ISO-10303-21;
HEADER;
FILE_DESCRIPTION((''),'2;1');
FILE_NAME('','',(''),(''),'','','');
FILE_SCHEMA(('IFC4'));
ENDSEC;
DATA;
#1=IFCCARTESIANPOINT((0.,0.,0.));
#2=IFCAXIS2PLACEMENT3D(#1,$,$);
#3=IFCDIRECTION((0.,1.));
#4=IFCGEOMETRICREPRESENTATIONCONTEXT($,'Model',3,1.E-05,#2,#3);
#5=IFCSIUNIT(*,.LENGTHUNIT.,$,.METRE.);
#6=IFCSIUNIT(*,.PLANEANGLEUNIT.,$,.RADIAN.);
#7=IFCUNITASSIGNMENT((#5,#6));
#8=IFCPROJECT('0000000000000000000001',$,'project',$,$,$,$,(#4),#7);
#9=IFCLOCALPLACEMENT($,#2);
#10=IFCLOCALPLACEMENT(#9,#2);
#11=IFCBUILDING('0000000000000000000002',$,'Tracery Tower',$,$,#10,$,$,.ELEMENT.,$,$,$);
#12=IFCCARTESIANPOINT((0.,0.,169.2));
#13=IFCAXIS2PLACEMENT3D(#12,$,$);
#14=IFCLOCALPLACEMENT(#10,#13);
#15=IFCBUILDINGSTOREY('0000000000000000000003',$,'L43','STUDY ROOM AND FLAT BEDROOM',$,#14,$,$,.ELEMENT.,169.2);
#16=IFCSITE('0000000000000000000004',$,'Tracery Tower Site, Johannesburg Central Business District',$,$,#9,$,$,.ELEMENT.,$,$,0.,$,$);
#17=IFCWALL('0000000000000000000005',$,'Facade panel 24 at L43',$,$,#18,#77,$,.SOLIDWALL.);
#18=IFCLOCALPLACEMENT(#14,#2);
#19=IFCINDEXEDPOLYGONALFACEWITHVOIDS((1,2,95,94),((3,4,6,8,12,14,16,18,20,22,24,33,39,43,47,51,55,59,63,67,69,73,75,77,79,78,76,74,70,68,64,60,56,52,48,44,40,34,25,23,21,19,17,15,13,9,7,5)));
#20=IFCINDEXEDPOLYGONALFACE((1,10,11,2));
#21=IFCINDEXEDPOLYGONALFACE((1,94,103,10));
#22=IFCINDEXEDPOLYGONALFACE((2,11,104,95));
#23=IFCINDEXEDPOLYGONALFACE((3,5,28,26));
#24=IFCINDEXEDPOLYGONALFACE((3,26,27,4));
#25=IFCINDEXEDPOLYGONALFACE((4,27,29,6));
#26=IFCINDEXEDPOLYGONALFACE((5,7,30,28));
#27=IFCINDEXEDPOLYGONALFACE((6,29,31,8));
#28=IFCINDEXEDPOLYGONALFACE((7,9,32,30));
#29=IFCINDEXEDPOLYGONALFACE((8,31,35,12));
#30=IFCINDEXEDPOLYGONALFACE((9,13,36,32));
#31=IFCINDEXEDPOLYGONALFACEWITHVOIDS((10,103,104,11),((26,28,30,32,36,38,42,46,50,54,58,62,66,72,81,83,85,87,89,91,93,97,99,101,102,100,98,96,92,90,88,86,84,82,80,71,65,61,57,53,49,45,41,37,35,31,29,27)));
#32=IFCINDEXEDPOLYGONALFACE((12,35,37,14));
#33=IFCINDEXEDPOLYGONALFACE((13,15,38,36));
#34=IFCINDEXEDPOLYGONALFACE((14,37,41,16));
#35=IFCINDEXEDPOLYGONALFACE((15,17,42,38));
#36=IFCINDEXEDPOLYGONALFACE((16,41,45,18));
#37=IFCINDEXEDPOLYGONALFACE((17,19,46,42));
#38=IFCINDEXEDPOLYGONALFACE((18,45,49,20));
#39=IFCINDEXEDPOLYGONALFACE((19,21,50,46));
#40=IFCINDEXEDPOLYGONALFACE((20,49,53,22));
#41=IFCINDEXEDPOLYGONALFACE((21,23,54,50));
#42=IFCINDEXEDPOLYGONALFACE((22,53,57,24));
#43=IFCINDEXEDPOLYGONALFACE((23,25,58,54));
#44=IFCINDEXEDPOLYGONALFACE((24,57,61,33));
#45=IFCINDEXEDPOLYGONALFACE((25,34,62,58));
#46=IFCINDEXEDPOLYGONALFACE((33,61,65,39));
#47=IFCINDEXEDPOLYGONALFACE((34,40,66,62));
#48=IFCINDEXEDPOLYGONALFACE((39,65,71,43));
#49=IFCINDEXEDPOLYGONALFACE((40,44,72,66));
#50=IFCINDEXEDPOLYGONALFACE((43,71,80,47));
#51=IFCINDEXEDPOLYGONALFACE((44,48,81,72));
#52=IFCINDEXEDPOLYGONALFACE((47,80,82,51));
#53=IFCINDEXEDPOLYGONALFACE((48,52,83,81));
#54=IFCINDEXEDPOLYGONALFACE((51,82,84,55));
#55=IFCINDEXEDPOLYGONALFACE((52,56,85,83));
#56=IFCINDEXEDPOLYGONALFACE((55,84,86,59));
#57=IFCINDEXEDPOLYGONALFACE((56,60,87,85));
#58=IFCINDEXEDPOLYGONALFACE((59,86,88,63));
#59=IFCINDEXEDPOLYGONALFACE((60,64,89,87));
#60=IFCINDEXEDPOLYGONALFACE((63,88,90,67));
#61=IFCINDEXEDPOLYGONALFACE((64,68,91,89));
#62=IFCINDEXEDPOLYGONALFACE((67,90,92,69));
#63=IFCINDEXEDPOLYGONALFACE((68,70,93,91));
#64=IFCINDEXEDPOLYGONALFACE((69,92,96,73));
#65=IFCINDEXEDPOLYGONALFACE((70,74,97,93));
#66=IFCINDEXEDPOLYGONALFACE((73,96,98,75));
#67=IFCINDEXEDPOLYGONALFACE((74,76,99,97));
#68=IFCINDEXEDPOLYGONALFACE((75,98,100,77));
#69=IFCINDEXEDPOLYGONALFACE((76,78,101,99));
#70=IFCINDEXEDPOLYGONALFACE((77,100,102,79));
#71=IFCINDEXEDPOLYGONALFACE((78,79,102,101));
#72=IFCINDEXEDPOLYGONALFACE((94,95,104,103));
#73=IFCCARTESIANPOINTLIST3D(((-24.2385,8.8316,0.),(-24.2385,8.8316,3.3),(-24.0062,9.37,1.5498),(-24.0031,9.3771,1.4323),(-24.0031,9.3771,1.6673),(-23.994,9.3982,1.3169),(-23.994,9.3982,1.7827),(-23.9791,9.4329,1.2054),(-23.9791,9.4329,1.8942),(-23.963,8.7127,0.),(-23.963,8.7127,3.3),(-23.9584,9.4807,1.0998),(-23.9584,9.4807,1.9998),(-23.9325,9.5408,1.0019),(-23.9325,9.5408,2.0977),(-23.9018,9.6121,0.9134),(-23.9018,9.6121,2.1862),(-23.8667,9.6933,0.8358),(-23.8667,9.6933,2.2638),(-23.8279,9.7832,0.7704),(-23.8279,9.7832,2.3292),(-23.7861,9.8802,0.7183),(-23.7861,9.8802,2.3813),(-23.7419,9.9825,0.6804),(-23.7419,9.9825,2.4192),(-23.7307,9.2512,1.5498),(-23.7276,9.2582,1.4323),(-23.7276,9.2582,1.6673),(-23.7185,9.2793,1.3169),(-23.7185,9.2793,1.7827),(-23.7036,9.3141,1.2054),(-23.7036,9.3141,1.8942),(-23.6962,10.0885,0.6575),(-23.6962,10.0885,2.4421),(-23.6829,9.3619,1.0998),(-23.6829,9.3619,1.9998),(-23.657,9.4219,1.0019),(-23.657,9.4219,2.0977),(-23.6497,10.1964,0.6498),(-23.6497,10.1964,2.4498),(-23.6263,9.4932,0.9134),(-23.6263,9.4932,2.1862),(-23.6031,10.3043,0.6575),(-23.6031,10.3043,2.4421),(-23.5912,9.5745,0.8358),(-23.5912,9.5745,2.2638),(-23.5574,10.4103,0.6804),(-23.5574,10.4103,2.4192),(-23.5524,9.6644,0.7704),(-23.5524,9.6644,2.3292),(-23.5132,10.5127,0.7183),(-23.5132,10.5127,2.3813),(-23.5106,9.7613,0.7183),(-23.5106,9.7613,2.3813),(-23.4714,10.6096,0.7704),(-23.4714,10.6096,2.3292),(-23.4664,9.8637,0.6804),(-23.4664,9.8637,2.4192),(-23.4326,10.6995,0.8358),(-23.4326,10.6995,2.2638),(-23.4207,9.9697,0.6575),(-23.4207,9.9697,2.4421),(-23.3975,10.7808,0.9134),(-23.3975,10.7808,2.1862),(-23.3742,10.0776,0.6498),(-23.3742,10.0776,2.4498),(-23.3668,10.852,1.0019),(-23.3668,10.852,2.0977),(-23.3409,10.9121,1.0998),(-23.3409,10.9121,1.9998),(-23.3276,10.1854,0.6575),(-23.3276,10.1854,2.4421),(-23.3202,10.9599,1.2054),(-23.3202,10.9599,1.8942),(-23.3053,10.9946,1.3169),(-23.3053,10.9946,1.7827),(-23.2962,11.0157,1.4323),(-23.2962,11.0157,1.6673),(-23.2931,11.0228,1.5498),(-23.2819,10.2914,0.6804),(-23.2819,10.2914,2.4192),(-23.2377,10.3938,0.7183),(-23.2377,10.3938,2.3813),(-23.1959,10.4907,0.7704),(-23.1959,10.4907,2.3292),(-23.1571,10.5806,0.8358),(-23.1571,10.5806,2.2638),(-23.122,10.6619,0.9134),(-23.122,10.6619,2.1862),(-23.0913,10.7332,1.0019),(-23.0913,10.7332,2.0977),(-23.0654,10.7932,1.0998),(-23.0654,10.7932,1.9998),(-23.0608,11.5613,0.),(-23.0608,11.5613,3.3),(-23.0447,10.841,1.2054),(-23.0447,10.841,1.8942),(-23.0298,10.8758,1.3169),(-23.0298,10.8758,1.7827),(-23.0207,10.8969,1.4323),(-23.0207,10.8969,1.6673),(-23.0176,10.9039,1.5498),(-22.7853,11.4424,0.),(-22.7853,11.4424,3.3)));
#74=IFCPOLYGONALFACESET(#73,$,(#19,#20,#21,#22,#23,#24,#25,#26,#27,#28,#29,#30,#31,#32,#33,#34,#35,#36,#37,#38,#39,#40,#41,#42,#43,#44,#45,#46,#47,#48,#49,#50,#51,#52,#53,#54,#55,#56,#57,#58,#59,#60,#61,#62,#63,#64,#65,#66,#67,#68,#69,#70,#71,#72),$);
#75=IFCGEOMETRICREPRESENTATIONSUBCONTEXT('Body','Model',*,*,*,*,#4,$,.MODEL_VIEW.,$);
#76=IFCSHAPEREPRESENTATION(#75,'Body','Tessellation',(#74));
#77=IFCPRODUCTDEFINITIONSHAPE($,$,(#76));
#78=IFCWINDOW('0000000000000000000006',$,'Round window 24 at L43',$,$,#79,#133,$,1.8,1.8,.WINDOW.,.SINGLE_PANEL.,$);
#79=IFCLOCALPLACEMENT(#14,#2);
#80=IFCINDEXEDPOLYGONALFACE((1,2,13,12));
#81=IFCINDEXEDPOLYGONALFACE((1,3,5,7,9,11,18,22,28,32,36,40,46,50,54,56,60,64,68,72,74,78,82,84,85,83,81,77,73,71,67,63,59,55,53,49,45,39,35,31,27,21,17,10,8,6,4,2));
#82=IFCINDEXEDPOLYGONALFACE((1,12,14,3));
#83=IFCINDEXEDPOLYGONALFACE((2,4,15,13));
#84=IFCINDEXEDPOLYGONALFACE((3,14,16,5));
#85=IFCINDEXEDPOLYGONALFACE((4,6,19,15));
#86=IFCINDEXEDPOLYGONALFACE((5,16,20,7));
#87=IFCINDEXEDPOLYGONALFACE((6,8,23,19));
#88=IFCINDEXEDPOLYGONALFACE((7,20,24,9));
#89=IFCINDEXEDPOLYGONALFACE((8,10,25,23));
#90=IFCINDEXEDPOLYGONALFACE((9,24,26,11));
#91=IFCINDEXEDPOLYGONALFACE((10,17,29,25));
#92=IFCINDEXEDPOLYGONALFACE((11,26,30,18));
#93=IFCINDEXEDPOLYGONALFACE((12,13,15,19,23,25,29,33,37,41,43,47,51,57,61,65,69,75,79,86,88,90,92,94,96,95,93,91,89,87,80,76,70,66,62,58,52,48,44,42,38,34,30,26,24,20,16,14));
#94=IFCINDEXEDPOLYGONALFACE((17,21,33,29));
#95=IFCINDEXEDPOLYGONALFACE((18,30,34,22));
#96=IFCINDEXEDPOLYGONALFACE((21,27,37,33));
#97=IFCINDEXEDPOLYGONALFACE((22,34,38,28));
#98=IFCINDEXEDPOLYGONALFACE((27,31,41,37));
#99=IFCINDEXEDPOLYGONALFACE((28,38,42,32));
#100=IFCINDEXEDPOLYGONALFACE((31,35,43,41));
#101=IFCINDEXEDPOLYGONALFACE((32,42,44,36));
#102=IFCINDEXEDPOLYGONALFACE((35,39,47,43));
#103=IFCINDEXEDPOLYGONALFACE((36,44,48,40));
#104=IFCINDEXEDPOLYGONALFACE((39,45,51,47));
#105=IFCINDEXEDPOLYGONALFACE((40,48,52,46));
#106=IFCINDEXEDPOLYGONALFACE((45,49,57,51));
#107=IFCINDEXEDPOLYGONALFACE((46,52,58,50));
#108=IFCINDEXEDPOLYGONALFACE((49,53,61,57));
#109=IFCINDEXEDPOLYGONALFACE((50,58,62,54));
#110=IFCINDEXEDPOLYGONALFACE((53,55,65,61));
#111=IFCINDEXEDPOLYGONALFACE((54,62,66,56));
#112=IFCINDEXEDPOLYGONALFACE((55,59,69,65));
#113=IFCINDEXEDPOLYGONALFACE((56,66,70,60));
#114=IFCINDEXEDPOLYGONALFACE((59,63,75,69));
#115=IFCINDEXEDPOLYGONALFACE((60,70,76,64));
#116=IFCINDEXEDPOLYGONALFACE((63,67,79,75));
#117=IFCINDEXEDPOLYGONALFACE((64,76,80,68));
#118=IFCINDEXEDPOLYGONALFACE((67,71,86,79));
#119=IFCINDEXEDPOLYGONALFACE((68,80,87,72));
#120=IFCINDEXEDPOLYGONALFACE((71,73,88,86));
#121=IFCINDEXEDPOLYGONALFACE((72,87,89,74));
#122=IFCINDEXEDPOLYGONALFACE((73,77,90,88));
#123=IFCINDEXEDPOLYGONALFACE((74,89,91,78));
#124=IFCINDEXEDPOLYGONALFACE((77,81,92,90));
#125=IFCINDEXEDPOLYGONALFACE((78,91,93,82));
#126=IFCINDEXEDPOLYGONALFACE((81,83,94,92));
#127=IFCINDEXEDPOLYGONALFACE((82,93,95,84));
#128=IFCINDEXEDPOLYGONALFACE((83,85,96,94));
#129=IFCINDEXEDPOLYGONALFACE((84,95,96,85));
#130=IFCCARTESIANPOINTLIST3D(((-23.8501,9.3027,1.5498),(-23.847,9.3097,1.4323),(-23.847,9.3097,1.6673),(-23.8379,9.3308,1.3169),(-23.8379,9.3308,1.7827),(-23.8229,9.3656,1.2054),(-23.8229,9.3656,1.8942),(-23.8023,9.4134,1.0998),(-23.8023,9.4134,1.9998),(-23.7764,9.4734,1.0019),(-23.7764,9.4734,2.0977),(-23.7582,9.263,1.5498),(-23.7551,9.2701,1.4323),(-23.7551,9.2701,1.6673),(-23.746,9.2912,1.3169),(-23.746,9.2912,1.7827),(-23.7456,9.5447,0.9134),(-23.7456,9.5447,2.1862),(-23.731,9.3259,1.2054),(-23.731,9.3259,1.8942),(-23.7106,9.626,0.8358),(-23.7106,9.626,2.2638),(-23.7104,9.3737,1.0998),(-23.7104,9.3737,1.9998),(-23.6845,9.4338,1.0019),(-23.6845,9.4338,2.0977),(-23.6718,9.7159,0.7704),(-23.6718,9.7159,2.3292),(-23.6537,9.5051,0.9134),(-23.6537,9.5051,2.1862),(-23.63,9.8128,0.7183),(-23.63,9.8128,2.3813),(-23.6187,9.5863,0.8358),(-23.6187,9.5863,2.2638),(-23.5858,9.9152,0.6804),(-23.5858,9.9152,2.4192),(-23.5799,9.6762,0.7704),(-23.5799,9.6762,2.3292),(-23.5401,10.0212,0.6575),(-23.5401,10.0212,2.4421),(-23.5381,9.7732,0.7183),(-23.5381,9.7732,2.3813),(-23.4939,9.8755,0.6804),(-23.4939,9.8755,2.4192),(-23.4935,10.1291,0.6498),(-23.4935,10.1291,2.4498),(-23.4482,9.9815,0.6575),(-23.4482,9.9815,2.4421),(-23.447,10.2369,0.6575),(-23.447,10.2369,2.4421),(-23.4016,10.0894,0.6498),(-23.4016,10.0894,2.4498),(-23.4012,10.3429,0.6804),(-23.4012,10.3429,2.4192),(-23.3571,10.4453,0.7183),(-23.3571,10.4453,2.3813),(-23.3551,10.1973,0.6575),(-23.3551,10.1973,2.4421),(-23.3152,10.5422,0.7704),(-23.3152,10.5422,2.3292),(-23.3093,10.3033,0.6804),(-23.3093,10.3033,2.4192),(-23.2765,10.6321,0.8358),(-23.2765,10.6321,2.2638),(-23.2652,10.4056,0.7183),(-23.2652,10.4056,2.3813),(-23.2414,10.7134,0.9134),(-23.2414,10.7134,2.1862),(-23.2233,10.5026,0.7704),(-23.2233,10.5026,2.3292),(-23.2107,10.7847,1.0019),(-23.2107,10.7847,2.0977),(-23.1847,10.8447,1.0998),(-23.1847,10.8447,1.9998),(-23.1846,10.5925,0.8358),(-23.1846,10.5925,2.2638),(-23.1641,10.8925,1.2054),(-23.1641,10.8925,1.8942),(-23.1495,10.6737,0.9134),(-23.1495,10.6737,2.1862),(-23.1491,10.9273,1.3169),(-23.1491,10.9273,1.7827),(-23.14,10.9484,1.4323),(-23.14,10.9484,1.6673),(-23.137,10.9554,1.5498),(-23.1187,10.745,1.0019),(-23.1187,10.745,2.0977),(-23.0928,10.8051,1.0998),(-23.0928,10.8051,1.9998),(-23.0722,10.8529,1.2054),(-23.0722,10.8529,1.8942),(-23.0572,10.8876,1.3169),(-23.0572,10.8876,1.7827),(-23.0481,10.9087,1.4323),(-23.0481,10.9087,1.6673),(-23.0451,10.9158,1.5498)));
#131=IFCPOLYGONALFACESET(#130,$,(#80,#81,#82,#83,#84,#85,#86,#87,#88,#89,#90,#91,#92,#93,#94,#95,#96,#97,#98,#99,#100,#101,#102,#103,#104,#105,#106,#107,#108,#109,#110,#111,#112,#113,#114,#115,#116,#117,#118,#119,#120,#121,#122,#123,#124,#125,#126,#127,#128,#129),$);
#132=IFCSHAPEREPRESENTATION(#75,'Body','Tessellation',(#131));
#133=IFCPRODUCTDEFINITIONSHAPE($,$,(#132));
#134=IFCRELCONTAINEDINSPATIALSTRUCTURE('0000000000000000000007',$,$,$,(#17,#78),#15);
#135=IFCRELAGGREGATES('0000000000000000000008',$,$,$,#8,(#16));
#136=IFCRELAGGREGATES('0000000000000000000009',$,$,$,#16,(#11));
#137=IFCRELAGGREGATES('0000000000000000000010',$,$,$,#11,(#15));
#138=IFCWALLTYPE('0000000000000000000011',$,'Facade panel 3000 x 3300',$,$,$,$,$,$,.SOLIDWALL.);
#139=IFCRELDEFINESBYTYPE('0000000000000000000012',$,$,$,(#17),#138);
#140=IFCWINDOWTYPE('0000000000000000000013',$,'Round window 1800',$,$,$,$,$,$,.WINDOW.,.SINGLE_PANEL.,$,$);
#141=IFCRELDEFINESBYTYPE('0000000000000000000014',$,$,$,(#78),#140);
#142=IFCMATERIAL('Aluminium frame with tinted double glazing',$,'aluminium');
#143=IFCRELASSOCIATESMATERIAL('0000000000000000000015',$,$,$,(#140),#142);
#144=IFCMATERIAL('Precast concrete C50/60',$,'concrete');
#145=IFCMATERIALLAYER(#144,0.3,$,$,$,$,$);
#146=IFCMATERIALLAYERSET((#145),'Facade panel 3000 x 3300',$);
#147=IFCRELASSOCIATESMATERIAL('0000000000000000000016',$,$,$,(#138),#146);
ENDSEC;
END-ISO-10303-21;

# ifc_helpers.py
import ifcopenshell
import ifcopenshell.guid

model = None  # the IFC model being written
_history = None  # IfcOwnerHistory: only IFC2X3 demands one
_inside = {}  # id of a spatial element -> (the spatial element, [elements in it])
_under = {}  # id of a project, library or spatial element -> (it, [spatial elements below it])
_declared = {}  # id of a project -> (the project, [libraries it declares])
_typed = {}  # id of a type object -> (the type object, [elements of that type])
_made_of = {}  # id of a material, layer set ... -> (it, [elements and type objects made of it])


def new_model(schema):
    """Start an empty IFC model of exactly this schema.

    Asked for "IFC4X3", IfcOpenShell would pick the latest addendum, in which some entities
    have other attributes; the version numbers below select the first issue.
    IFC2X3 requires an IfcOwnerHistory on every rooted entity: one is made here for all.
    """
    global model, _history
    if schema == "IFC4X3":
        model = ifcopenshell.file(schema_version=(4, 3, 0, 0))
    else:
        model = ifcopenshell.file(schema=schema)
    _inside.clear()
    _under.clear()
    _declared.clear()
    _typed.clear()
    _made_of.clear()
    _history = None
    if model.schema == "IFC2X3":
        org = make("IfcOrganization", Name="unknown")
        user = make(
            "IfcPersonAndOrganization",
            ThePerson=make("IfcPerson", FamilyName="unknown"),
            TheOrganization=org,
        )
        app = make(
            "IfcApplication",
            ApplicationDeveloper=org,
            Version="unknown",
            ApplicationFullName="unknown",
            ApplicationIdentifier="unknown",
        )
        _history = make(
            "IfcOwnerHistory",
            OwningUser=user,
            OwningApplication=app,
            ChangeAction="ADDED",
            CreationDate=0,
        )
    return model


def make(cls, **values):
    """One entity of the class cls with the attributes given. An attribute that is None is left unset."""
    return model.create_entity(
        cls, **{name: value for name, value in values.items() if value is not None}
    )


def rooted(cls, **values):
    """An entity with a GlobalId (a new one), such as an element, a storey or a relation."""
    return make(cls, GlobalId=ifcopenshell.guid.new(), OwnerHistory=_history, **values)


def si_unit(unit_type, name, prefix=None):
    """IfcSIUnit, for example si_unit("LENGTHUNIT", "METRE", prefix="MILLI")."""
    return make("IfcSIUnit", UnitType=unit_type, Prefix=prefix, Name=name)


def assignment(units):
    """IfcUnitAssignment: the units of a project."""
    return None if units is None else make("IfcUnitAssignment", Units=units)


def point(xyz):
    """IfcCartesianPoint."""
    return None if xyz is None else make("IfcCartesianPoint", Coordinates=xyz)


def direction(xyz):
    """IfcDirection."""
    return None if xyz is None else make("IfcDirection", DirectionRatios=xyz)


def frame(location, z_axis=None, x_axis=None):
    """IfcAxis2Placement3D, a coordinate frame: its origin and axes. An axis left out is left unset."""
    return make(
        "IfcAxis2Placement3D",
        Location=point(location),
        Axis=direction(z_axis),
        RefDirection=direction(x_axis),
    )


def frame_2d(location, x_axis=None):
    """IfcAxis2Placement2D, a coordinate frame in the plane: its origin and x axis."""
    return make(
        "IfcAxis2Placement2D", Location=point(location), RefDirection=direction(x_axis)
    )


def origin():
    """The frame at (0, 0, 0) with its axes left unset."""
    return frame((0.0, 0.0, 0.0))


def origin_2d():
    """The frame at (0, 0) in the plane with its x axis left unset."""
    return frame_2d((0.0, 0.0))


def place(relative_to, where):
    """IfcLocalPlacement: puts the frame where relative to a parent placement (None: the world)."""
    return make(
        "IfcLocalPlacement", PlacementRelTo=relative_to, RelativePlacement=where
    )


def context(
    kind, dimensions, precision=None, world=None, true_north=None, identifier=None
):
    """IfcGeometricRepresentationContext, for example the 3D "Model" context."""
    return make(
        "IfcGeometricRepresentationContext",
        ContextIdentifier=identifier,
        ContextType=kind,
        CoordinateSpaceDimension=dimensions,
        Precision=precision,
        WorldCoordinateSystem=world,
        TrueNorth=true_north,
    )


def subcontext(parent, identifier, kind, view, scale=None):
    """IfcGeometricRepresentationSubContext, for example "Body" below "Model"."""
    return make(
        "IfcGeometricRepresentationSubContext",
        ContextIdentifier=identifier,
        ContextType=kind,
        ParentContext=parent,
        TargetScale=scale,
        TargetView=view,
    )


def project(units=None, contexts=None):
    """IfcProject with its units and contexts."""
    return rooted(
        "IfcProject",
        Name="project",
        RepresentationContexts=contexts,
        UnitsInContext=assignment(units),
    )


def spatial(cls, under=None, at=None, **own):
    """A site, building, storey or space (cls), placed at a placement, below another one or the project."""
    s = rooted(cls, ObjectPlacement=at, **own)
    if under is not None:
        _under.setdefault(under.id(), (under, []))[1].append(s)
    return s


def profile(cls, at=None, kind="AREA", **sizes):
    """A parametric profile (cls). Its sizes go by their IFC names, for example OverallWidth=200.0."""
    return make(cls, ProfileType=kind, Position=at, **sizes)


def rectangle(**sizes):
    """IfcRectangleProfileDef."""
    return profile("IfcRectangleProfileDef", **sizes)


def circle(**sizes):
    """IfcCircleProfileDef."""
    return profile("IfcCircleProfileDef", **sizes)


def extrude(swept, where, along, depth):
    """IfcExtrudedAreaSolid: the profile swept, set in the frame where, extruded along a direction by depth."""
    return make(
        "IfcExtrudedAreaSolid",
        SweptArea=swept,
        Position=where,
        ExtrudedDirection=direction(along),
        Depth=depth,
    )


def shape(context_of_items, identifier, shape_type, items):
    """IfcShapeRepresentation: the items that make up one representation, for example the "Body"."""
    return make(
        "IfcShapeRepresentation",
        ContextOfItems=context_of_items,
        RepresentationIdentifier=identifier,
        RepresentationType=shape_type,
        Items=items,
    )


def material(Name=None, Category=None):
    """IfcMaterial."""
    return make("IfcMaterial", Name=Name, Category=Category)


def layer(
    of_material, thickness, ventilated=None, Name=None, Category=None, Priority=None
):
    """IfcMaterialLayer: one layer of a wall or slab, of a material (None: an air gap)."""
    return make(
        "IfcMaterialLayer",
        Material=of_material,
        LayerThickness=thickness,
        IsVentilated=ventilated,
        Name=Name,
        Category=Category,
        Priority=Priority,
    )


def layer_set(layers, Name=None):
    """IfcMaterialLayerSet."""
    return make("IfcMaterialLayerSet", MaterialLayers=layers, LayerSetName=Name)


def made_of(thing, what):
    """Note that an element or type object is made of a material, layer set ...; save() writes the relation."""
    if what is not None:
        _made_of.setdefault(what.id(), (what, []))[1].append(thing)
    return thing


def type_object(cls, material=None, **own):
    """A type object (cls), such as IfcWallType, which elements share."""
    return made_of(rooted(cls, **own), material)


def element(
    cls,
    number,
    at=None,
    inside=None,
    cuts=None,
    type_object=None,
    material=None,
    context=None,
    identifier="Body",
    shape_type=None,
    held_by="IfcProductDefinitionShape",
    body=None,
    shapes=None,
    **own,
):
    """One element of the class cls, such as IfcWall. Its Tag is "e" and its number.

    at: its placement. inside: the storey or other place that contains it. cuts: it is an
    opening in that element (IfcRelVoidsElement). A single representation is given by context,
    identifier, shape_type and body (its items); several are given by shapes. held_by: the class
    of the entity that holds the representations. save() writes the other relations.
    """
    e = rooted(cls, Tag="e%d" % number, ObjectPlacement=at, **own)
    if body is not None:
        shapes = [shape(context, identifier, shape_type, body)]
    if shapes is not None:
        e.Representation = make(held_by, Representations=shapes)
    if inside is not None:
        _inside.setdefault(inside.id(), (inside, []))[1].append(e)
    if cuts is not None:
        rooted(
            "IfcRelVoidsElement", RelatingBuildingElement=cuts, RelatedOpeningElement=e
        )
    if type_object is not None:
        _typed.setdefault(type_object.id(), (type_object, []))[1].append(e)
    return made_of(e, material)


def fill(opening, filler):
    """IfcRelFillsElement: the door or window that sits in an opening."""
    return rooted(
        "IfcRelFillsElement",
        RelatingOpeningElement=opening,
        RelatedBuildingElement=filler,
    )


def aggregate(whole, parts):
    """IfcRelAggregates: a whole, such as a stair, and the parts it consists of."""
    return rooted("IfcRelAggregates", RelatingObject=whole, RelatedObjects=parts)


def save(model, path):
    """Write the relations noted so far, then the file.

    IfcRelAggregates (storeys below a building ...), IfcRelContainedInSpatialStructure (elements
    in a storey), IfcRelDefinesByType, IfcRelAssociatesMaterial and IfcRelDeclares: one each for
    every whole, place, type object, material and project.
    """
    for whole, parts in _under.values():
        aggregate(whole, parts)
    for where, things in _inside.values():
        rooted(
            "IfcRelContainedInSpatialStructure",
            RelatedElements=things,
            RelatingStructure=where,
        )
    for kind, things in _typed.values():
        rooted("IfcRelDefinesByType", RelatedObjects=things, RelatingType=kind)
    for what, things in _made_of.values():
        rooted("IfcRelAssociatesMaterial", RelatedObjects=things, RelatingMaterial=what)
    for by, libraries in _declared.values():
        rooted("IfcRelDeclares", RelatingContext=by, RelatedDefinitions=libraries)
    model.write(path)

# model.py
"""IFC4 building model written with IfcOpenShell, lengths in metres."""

from ifc_helpers import new_model, si_unit, direction, frame, frame_2d, origin, origin_2d, place, context, subcontext, project, spatial, rectangle, circle, extrude, material, layer, layer_set, type_object, element, fill, save


model = new_model("IFC4")

# Units and contexts
model_context = context("Model", 3, precision=1e-05, world=origin(), true_north=direction((0.0, 1.0)))
body_context = subcontext(model_context, "Body", "Model", "MODEL_VIEW")
ifc_project = project(units=[si_unit("LENGTHUNIT", "METRE"), si_unit("PLANEANGLEUNIT", "RADIAN")], contexts=[model_context])

# Site, building, storey
site_placement = place(None, origin())
site = spatial("IfcSite", under=ifc_project, at=site_placement, Name="Tracery Tower Site, Johannesburg Central Business District", CompositionType="ELEMENT", RefElevation=0.0)
building_placement = place(site_placement, origin())
building = spatial("IfcBuilding", under=site, at=building_placement, Name="Tracery Tower", CompositionType="ELEMENT")
storey_placement = place(building_placement, frame((0.0, 0.0, 169.2)))
storey = spatial("IfcBuildingStorey", under=building, at=storey_placement, Name="L43", Description="STUDY ROOM AND FLAT BEDROOM", CompositionType="ELEMENT", Elevation=169.2)

# Wall, opening, window
ifc_material_1 = material(Name="Aluminium frame with tinted double glazing", Category="aluminium")
window_type = type_object("IfcWindowType", Name="Round window 1800", PartitioningType="SINGLE_PANEL", PredefinedType="WINDOW", material=ifc_material_1)
ifc_material_2 = material(Name="Precast concrete C50/60", Category="concrete")
ifc_layer_1 = layer(ifc_material_2, 0.3)
ifc_layer_set_1 = layer_set([ifc_layer_1], Name="Facade panel 3000 x 3300")
wall_type_1 = type_object("IfcWallType", Name="Facade panel 3000 x 3300", PredefinedType="SOLIDWALL", material=ifc_layer_set_1)
wall_1_placement = place(storey_placement, frame((-22.9231, 11.5017, 0.0), z_axis=(0.0, 0.0, 1.0), x_axis=(-0.396148, -0.918187, 0.0)))
wall_1 = element("IfcWall", 1, at=wall_1_placement, inside=storey, type_object=wall_type_1, Name="Facade panel 24 at L43", PredefinedType="SOLIDWALL", context=body_context, shape_type="SweptSolid", body=[
    extrude(rectangle(XDim=2.9729, YDim=0.3, at=frame_2d((1.4863, 0.0))), origin(), (0.0, 0.0, 1.0), 3.3),
])
opening_1_placement = place(wall_1_placement, frame((1.4863, 0.0, 1.5498)))
opening_1 = element("IfcOpeningElement", 2, at=opening_1_placement, cuts=wall_1, PredefinedType="OPENING", context=body_context, shape_type="SweptSolid", body=[
    extrude(circle(Radius=0.9, at=origin_2d()), frame((0.0, 0.1599, 0.0), z_axis=(0.0, -1.0, 0.0), x_axis=(1.0, 0.0, 0.0)), (0.0, 0.0, 1.0), 0.3201),
])
window_1_placement = place(opening_1_placement, origin())
window_1 = element("IfcWindow", 3, at=window_1_placement, inside=storey, type_object=window_type, Name="Round window 24 at L43", OverallHeight=1.8, OverallWidth=1.8, PartitioningType="SINGLE_PANEL", PredefinedType="WINDOW", context=body_context, shape_type="SweptSolid", body=[
    extrude(circle(Radius=0.9, at=origin_2d()), frame((0.0, 0.1201, 0.0), z_axis=(0.0, -1.0, 0.0), x_axis=(1.0, 0.0, 0.0)), (0.0, 0.0, 1.0), 0.1001),
])
fill(opening_1, window_1)

save(model, "model.ifc")
